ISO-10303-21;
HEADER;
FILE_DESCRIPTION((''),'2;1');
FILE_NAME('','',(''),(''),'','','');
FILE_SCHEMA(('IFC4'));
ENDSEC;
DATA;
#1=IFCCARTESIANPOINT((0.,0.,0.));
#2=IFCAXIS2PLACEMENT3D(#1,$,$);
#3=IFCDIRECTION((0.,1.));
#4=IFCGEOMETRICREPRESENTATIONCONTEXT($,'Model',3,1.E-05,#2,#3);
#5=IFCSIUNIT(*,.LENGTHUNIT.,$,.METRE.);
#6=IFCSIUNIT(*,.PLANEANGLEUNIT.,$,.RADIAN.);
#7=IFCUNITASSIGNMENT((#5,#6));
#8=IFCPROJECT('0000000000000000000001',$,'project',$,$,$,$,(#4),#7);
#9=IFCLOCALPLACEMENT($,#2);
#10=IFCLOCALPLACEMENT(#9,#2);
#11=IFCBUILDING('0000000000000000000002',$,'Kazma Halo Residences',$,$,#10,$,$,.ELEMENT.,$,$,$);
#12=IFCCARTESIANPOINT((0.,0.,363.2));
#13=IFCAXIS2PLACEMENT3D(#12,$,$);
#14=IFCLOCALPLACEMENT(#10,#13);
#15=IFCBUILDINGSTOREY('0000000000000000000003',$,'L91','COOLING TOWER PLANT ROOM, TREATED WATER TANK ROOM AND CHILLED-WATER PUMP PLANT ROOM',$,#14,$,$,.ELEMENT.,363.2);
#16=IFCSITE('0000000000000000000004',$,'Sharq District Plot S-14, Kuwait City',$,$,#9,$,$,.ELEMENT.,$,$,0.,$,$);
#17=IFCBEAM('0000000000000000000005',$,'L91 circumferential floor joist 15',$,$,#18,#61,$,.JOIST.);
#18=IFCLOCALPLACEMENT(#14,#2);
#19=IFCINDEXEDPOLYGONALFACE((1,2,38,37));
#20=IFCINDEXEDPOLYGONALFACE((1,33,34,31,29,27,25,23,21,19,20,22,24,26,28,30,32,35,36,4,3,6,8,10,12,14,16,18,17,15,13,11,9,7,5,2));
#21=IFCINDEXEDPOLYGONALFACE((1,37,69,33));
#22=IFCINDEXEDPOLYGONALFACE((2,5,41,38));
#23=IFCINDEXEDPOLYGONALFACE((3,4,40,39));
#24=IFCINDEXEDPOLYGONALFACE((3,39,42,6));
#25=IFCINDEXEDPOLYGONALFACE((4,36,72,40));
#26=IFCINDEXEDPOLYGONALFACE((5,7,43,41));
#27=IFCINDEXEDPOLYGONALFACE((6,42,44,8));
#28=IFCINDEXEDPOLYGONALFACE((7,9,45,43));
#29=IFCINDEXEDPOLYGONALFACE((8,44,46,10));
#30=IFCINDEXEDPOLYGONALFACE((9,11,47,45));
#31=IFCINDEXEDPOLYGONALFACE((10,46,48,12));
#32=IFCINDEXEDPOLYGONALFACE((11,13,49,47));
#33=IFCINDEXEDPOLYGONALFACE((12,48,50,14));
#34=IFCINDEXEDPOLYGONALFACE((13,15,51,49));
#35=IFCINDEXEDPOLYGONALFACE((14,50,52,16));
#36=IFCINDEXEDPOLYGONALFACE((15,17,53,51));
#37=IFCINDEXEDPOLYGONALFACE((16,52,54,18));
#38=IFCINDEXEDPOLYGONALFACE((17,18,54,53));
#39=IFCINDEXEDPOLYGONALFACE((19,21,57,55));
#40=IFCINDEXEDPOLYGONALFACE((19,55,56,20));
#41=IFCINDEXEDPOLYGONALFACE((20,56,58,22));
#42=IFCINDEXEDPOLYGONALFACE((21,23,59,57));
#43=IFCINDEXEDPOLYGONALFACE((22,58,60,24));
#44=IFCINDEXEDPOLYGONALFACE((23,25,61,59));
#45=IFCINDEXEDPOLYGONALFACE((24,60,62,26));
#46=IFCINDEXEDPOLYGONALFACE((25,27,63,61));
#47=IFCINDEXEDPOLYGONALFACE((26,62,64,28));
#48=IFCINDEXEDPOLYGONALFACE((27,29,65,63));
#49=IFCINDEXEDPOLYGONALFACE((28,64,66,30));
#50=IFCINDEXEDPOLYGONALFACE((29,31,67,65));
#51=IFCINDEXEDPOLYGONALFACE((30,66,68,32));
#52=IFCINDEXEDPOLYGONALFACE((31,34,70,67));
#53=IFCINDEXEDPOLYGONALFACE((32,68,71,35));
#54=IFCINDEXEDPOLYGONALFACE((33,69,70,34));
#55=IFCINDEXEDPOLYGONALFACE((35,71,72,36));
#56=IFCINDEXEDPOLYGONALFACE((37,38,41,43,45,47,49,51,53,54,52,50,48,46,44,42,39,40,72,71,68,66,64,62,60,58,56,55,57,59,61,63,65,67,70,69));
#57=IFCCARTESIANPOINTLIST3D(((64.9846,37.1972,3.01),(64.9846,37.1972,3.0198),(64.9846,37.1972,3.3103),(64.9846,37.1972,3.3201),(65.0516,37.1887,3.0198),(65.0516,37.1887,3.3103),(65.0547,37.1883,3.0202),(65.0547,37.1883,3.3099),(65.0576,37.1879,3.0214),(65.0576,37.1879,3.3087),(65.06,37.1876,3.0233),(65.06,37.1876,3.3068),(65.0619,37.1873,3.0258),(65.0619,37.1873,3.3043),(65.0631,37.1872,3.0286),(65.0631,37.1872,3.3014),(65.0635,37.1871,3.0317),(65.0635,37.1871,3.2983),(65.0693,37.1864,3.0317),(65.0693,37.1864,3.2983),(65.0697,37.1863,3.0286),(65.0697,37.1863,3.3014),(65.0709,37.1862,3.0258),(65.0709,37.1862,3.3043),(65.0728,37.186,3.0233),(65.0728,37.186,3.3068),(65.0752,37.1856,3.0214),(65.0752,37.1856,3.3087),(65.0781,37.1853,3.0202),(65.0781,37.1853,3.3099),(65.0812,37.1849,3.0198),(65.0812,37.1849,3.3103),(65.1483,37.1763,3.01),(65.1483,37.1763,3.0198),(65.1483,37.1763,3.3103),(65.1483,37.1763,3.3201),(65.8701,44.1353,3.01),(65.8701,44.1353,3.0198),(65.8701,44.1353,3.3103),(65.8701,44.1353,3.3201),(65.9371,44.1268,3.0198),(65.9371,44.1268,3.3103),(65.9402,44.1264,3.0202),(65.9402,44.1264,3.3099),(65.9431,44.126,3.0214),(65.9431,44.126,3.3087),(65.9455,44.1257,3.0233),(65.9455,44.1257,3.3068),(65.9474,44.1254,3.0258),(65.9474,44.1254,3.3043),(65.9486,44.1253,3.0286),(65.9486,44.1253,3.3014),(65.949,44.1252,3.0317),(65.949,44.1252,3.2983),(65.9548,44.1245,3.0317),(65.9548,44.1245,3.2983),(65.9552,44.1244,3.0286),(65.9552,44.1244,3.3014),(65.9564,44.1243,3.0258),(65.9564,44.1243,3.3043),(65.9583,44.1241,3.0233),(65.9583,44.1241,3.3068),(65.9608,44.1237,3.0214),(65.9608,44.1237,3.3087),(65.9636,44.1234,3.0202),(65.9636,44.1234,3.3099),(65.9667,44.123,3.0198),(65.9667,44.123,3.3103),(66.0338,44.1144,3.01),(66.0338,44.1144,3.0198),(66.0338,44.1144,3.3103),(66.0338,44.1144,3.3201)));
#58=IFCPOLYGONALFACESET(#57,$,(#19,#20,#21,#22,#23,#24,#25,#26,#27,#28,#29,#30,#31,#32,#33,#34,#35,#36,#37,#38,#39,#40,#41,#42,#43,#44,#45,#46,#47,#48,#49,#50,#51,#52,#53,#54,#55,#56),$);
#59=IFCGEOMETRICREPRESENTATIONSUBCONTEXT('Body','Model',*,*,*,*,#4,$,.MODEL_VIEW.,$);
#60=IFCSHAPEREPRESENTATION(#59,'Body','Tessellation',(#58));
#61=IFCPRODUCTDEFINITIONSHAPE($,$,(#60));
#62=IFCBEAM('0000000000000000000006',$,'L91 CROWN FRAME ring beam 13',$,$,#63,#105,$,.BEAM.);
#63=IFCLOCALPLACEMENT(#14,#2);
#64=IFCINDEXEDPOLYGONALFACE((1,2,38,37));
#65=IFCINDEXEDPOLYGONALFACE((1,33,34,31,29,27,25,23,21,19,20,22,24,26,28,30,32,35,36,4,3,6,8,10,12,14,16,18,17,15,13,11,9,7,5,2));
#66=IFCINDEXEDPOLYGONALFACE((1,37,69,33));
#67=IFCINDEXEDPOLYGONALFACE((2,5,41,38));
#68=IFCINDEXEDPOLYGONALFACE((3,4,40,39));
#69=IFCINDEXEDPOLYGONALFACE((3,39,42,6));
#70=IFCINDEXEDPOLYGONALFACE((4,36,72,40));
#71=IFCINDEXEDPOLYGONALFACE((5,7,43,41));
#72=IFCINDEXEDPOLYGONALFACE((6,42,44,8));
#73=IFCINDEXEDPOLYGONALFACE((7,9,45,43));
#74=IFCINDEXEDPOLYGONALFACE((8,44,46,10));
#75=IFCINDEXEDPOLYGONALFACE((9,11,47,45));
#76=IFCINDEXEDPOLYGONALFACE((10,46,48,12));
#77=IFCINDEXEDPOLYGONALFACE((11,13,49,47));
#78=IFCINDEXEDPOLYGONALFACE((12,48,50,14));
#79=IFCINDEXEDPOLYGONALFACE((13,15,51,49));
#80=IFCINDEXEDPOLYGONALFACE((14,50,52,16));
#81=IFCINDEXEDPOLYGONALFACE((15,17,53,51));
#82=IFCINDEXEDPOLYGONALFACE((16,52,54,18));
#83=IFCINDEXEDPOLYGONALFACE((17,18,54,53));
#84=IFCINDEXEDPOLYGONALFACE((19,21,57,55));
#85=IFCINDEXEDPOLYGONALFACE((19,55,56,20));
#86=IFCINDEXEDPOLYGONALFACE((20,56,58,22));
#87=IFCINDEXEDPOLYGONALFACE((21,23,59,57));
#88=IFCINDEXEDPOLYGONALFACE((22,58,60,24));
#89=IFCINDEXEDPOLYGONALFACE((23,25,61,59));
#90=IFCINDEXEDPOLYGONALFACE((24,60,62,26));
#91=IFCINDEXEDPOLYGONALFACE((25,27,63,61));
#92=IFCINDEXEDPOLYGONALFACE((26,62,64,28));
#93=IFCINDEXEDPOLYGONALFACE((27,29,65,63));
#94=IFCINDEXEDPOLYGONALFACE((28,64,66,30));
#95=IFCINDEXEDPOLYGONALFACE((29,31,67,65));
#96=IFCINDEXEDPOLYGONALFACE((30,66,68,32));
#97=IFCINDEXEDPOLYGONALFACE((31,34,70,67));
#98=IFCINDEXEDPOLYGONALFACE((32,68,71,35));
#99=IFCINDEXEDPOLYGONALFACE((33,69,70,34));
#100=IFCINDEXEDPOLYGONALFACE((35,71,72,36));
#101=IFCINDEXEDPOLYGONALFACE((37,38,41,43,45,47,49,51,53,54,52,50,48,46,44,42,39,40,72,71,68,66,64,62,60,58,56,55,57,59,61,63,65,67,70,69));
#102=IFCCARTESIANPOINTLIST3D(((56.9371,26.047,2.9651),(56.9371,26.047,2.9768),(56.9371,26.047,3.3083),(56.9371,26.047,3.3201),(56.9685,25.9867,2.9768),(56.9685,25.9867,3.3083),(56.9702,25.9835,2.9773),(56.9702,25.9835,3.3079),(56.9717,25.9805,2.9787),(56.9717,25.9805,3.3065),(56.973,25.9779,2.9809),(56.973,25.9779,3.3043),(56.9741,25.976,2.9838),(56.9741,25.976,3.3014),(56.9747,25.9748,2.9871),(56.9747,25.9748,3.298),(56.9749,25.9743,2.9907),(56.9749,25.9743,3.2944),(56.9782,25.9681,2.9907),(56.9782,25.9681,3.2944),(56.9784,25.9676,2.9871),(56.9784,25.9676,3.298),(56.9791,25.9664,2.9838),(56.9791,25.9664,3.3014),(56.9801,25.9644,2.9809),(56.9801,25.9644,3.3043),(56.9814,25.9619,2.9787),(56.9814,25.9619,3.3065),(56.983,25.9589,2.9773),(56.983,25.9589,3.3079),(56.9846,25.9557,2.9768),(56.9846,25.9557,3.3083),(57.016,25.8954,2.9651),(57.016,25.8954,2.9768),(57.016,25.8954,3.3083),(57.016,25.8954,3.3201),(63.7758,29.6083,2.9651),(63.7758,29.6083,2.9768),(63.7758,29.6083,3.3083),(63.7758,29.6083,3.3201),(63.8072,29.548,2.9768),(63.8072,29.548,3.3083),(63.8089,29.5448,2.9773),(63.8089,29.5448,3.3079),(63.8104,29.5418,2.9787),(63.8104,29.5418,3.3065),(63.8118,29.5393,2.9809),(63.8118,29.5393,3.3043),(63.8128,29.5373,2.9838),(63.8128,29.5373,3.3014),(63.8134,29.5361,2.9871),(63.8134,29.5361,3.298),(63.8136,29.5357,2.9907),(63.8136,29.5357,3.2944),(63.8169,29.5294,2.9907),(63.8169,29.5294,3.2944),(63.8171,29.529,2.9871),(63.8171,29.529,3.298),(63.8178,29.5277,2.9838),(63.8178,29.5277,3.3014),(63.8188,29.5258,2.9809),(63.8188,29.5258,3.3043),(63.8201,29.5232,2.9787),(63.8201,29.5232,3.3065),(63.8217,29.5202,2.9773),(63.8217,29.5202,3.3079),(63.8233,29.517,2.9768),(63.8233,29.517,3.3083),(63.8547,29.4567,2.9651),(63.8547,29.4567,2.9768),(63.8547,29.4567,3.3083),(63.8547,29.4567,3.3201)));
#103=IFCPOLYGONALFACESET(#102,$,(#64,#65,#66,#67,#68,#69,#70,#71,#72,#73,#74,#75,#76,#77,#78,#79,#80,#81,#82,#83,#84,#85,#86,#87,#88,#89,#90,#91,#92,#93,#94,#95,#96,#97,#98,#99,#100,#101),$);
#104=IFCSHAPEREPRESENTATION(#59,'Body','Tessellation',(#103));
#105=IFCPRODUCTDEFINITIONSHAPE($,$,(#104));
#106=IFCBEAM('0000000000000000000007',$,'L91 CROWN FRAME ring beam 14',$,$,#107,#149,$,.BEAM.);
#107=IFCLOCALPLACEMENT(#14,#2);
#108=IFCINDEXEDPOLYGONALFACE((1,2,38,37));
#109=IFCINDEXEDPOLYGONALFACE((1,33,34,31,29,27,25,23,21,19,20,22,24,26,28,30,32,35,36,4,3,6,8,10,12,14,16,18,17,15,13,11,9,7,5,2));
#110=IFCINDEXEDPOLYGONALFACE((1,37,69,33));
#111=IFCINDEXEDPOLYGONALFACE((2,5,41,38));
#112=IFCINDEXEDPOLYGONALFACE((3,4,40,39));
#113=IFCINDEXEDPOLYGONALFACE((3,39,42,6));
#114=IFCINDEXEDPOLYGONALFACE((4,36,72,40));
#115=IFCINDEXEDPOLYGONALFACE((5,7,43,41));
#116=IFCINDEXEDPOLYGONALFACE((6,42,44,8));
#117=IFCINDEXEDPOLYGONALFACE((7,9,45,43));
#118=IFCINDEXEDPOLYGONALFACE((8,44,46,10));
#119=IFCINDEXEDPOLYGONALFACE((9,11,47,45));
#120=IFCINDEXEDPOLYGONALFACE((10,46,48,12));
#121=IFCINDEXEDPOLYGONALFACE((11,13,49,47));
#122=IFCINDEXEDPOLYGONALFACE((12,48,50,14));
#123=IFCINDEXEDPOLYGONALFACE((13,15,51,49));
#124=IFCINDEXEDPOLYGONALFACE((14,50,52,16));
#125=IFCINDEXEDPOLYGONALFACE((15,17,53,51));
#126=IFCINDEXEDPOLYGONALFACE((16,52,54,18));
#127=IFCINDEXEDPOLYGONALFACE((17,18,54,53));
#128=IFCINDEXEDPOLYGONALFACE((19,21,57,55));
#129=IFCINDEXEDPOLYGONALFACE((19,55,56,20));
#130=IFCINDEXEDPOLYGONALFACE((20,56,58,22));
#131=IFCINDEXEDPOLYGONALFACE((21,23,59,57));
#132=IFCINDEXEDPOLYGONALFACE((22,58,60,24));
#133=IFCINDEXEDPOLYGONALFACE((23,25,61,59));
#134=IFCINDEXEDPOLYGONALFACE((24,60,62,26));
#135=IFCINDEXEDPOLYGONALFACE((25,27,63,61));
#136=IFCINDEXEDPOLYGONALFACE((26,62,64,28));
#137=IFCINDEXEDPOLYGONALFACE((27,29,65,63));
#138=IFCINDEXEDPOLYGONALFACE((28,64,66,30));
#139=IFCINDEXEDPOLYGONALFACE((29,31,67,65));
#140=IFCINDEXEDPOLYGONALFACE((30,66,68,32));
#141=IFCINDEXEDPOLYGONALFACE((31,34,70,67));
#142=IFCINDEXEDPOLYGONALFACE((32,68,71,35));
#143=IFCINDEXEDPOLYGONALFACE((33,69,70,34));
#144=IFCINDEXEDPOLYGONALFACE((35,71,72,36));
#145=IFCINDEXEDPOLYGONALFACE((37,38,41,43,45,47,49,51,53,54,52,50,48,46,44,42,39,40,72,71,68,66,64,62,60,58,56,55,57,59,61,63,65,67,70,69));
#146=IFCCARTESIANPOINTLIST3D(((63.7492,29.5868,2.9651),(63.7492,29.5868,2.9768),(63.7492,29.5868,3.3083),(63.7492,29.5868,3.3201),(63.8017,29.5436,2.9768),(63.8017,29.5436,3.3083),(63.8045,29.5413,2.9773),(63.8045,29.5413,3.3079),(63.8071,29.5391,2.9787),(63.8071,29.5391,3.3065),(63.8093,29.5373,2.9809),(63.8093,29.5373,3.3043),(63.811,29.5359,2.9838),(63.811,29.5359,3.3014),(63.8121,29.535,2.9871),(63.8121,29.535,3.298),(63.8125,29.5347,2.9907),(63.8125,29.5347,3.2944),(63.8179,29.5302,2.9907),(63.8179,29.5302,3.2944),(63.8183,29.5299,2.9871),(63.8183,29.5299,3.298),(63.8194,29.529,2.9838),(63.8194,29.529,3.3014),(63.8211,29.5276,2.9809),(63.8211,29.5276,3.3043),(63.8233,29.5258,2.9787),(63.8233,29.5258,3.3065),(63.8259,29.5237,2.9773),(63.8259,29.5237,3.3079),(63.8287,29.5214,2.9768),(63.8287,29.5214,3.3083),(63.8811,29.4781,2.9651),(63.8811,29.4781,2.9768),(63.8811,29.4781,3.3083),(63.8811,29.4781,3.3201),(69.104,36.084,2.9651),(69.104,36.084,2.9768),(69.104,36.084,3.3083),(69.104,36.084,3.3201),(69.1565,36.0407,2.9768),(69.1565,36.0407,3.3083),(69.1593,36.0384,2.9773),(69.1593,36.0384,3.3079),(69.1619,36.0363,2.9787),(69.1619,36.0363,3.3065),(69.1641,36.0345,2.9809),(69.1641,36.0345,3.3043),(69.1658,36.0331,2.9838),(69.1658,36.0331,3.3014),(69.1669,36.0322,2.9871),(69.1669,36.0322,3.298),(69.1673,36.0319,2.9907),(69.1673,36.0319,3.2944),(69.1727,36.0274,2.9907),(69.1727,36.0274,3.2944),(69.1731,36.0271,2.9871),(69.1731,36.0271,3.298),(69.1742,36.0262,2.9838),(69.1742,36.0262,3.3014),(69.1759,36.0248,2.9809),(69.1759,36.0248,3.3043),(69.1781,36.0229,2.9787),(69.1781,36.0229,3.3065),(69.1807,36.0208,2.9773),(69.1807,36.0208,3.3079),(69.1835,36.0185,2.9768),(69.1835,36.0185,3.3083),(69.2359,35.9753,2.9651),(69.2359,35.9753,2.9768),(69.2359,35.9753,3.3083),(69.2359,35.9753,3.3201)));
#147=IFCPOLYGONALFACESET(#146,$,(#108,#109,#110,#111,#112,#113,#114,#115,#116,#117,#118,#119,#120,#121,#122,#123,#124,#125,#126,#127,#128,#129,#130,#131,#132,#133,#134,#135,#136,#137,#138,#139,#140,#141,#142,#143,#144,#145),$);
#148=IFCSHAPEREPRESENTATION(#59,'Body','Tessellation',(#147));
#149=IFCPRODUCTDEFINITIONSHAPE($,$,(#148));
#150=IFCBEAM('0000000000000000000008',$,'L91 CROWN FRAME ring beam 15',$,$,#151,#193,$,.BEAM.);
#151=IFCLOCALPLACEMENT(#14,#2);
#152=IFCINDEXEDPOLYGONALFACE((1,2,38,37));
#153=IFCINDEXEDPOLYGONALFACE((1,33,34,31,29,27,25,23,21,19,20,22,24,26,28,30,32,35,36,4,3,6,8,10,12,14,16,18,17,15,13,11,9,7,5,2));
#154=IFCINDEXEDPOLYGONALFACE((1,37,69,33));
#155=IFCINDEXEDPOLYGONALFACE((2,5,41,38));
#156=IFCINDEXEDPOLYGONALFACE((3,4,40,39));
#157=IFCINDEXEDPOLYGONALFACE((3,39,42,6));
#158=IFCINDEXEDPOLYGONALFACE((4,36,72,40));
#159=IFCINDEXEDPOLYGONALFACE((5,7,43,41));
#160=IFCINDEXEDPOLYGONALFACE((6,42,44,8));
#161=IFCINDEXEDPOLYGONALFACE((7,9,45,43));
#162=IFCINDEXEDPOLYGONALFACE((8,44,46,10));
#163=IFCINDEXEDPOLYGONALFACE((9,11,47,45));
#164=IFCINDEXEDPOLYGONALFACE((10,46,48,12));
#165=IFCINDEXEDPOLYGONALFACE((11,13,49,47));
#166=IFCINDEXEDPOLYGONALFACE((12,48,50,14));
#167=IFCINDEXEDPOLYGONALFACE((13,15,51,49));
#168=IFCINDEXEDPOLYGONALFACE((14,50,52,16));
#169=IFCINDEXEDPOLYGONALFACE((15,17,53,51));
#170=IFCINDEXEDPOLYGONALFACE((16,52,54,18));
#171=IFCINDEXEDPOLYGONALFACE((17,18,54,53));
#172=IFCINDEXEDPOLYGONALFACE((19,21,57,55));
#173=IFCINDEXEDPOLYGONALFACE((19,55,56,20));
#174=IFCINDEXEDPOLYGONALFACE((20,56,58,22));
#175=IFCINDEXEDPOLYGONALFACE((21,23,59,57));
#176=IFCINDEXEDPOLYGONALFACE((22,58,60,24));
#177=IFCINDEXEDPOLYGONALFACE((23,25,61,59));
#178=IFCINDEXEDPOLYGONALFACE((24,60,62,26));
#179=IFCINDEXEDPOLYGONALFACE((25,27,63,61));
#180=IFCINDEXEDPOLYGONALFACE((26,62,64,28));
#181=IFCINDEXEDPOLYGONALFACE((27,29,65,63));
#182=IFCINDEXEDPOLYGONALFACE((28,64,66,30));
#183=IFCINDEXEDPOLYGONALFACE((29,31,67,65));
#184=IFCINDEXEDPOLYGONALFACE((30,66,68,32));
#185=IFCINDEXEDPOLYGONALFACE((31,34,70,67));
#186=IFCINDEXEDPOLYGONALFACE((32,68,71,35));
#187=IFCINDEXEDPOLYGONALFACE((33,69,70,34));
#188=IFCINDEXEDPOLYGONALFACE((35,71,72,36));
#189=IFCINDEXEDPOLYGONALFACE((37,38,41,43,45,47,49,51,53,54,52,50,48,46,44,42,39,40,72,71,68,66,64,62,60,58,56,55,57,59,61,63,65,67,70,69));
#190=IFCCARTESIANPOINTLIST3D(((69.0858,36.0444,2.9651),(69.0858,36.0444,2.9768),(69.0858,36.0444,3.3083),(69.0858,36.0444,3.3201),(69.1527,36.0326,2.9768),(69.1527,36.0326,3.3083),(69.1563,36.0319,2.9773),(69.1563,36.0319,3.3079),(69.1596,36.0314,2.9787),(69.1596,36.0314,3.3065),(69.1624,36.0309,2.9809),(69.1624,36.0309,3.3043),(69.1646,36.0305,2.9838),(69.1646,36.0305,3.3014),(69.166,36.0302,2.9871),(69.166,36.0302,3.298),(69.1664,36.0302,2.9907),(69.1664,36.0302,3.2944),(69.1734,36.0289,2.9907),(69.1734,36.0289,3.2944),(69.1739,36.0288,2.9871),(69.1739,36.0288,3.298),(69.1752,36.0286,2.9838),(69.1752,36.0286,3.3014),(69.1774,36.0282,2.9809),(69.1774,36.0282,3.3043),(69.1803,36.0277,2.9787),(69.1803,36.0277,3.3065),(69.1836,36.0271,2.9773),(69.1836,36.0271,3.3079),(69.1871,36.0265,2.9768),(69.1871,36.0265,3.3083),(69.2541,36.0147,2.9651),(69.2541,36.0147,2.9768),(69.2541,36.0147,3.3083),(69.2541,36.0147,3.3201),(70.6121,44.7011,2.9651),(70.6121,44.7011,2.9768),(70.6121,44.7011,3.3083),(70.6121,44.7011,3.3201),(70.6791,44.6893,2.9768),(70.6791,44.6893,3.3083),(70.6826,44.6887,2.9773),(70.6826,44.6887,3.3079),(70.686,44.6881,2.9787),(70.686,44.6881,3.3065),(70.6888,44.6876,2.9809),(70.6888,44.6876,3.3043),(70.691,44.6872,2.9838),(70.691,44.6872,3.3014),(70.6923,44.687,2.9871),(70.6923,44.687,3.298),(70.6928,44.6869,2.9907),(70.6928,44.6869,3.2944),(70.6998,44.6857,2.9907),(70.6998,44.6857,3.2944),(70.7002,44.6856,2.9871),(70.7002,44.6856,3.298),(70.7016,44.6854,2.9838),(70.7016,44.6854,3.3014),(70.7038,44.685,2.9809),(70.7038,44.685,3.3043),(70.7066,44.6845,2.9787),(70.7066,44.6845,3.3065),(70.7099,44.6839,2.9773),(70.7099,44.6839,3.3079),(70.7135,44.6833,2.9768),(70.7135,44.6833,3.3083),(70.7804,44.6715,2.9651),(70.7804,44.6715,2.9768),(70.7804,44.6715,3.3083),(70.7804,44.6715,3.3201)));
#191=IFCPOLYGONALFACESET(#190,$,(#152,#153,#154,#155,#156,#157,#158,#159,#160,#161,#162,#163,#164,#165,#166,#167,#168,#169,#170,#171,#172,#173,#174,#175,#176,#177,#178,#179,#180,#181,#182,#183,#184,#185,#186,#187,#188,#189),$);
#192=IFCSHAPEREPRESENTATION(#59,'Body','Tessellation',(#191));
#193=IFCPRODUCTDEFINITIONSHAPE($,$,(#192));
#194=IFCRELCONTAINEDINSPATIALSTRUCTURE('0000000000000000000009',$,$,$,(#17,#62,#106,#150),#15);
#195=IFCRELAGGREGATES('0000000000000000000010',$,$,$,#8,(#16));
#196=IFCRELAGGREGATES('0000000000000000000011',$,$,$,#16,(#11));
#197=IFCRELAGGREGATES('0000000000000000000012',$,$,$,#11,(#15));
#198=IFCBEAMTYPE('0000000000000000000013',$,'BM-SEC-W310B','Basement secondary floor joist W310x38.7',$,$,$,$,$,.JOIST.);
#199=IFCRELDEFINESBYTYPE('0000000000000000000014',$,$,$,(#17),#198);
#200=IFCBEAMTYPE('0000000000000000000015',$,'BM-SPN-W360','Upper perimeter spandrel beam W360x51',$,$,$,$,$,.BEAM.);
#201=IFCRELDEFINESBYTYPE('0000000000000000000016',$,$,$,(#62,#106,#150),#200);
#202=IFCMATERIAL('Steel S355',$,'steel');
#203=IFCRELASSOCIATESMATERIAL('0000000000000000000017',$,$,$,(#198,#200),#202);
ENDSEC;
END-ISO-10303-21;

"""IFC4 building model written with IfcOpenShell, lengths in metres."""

from ifc_helpers import new_model, si_unit, direction, frame, origin, origin_2d, place, context, subcontext, project, spatial, i_section, extrude, material, material_profile, profile_set, type_object, element, save


model = new_model("IFC4")

# Units and contexts
model_context = context("Model", 3, precision=1e-05, world=origin(), true_north=direction((0.0, 1.0)))
body_context = subcontext(model_context, "Body", "Model", "MODEL_VIEW")
ifc_project = project(units=[si_unit("LENGTHUNIT", "METRE"), si_unit("PLANEANGLEUNIT", "RADIAN")], contexts=[model_context])

# Site, building, storey
site_placement = place(None, origin())
site = spatial("IfcSite", under=ifc_project, at=site_placement, Name="Sharq District Plot S-14, Kuwait City", CompositionType="ELEMENT", RefElevation=0.0)
building_placement = place(site_placement, origin())
building = spatial("IfcBuilding", under=site, at=building_placement, Name="Kazma Halo Residences", CompositionType="ELEMENT")
storey_placement = place(building_placement, frame((0.0, 0.0, 363.2)))
storey = spatial("IfcBuildingStorey", under=building, at=storey_placement, Name="L91", Description="COOLING TOWER PLANT ROOM, TREATED WATER TANK ROOM AND CHILLED-WATER PUMP PLANT ROOM", CompositionType="ELEMENT", Elevation=363.2)

# Shared definitions
ifc_material_1 = material(Name="Steel S355", Category="steel")

# Beams
ifc_material_profile_1 = material_profile(ifc_material_1, i_section(OverallWidth=0.165, OverallDepth=0.3101, WebThickness=0.0059, FlangeThickness=0.0098, FilletRadius=0.012, at=origin_2d()), Name="W310x38.7")
ifc_profile_set_1 = profile_set([ifc_material_profile_1], Name="Steel S355")
beam_type_1 = type_object("IfcBeamType", Name="BM-SEC-W310B", Description="Basement secondary floor joist W310x38.7", PredefinedType="JOIST", material=ifc_profile_set_1)
beam_1_placement = place(storey_placement, frame((65.0664, 37.1868, 3.165), z_axis=(0.126603, 0.991953, 0.0), x_axis=(-0.991953, 0.126603, 0.0)))
element("IfcBeam", 1, at=beam_1_placement, inside=storey, type_object=beam_type_1, Name="L91 circumferential floor joist 15", PredefinedType="JOIST", context=body_context, shape_type="SweptSolid", body=[
    extrude(i_section(OverallWidth=0.165, OverallDepth=0.3101, WebThickness=0.0059, FlangeThickness=0.0098, FilletRadius=0.012, at=origin_2d()), origin(), (0.0, 0.0, 1.0), 6.9944),
])
ifc_material_profile_2 = material_profile(ifc_material_1, i_section(OverallWidth=0.1709, OverallDepth=0.355, WebThickness=0.0071, FlangeThickness=0.0117, FilletRadius=0.0139, at=origin_2d()), Name="W360x51")
ifc_profile_set_2 = profile_set([ifc_material_profile_2], Name="Steel S355")
beam_type_2 = type_object("IfcBeamType", Name="BM-SPN-W360", Description="Upper perimeter spandrel beam W360x51", PredefinedType="BEAM", material=ifc_profile_set_2)
beam_2_placement = place(storey_placement, frame((56.9766, 25.9712, 3.1426), z_axis=(0.886941, 0.461883, 0.0), x_axis=(-0.461883, 0.886941, 0.0)))
element("IfcBeam", 2, at=beam_2_placement, inside=storey, type_object=beam_type_2, Name="L91 CROWN FRAME ring beam 13", PredefinedType="BEAM", context=body_context, shape_type="SweptSolid", body=[
    extrude(i_section(OverallWidth=0.1709, OverallDepth=0.355, WebThickness=0.0071, FlangeThickness=0.0117, FilletRadius=0.0139, at=origin_2d()), origin(), (0.0, 0.0, 1.0), 7.7104),
])
beam_3_placement = place(storey_placement, frame((63.8152, 29.5325, 3.1426), z_axis=(0.636005, 0.771685, 0.0), x_axis=(-0.771685, 0.636005, 0.0)))
element("IfcBeam", 3, at=beam_3_placement, inside=storey, type_object=beam_type_2, Name="L91 CROWN FRAME ring beam 14", PredefinedType="BEAM", context=body_context, shape_type="SweptSolid", body=[
    extrude(i_section(OverallWidth=0.1709, OverallDepth=0.355, WebThickness=0.0071, FlangeThickness=0.0117, FilletRadius=0.0139, at=origin_2d()), origin(), (0.0, 0.0, 1.0), 8.4194),
])
beam_4_placement = place(storey_placement, frame((69.1699, 36.0295, 3.1426), z_axis=(0.173643, 0.984809, 0.0), x_axis=(-0.984809, 0.173643, 0.0)))
element("IfcBeam", 4, at=beam_4_placement, inside=storey, type_object=beam_type_2, Name="L91 CROWN FRAME ring beam 15", PredefinedType="BEAM", context=body_context, shape_type="SweptSolid", body=[
    extrude(i_section(OverallWidth=0.1709, OverallDepth=0.355, WebThickness=0.0071, FlangeThickness=0.0117, FilletRadius=0.0139, at=origin_2d()), origin(), (0.0, 0.0, 1.0), 8.7903),
])

save(model, "model.ifc")
